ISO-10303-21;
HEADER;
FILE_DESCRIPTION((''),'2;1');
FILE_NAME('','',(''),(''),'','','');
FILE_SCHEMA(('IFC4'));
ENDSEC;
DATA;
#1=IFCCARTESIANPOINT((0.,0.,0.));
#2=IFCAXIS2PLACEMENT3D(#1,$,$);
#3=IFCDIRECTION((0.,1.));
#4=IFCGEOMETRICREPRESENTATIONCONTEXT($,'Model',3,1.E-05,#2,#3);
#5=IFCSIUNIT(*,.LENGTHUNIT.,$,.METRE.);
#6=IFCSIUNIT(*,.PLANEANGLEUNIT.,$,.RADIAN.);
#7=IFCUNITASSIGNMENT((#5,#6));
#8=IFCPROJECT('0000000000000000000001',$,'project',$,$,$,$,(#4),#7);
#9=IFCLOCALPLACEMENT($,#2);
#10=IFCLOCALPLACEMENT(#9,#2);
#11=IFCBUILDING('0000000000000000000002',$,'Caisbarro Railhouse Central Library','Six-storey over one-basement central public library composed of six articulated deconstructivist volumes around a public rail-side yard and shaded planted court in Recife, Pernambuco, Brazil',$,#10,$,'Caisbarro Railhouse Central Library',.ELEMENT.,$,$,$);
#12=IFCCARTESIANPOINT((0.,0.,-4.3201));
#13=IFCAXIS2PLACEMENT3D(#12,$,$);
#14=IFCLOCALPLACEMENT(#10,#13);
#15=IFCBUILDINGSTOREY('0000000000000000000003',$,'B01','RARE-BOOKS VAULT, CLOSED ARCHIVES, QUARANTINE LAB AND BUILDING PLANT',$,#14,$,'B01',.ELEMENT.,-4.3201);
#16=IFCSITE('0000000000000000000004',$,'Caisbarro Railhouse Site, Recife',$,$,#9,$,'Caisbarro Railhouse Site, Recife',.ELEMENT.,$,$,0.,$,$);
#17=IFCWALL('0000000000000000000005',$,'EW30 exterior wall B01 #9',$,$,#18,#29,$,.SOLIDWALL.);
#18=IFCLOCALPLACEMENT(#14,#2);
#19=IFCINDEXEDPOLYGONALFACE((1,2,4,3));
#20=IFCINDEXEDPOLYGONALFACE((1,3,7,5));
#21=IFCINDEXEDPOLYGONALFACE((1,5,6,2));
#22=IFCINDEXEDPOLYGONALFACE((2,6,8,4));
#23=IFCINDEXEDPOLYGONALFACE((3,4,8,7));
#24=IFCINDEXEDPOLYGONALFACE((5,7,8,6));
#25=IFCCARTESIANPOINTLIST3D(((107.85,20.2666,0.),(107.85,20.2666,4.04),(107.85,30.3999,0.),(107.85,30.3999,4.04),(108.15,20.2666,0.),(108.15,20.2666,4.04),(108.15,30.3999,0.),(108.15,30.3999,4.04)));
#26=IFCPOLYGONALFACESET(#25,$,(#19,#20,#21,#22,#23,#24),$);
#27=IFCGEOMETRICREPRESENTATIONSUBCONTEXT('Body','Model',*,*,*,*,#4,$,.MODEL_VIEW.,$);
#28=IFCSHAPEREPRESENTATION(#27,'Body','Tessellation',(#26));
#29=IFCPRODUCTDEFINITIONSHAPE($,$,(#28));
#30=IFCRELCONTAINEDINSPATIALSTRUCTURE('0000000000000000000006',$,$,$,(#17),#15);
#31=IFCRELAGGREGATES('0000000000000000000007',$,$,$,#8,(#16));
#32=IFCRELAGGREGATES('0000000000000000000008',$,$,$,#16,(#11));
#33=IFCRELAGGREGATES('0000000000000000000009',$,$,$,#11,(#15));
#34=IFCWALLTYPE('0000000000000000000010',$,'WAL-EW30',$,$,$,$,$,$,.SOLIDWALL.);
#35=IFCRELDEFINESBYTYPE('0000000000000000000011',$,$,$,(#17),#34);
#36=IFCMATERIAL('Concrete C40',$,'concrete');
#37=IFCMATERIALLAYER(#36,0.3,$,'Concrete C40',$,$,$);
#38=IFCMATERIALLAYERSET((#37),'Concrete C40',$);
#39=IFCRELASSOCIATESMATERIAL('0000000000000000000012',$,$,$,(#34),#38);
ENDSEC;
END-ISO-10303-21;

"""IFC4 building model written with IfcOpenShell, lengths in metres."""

from ifc_helpers import new_model, si_unit, direction, frame, frame_2d, origin, place, context, subcontext, project, spatial, rectangle, extrude, material, layer, layer_set, type_object, element, save


model = new_model("IFC4")

# Units and contexts
model_context = context("Model", 3, precision=1e-05, world=origin(), true_north=direction((0.0, 1.0)))
body_context = subcontext(model_context, "Body", "Model", "MODEL_VIEW")
ifc_project = project(units=[si_unit("LENGTHUNIT", "METRE"), si_unit("PLANEANGLEUNIT", "RADIAN")], contexts=[model_context])

# Site, building, storey
site_placement = place(None, origin())
site = spatial("IfcSite", under=ifc_project, at=site_placement, Name="Caisbarro Railhouse Site, Recife", LongName="Caisbarro Railhouse Site, Recife", CompositionType="ELEMENT", RefElevation=0.0)
building_placement = place(site_placement, origin())
building = spatial("IfcBuilding", under=site, at=building_placement, Name="Caisbarro Railhouse Central Library", Description="Six-storey over one-basement central public library composed of six articulated deconstructivist volumes around a public rail-side yard and shaded planted court in Recife, Pernambuco, Brazil", LongName="Caisbarro Railhouse Central Library", CompositionType="ELEMENT")
storey_placement = place(building_placement, frame((0.0, 0.0, -4.3201)))
storey = spatial("IfcBuildingStorey", under=building, at=storey_placement, Name="B01", Description="RARE-BOOKS VAULT, CLOSED ARCHIVES, QUARANTINE LAB AND BUILDING PLANT", LongName="B01", CompositionType="ELEMENT", Elevation=-4.3201)

# Shared definitions
ifc_material_1 = material(Name="Concrete C40", Category="concrete")

# Wall
ifc_layer_1 = layer(ifc_material_1, 0.3, Name="Concrete C40")
ifc_layer_set_1 = layer_set([ifc_layer_1], Name="Concrete C40")
wall_type = type_object("IfcWallType", Name="WAL-EW30", PredefinedType="SOLIDWALL", material=ifc_layer_set_1)
for number, where, z_axis, x_axis, name in (
    (1, (108.0, 20.2666, 0.0), (0.0, 0.0, 1.0), (0.0, 1.0, 0.0), "EW30 exterior wall B01 #9"),
):
    element("IfcWall", number, at=place(storey_placement, frame(where, z_axis=z_axis, x_axis=x_axis)), inside=storey, type_object=wall_type, Name=name, PredefinedType="SOLIDWALL", context=body_context, shape_type="SweptSolid", body=[
        extrude(rectangle(XDim=10.1333, YDim=0.3, at=frame_2d((5.0667, 0.0))), origin(), (0.0, 0.0, 1.0), 4.04),
    ])

save(model, "model.ifc")
